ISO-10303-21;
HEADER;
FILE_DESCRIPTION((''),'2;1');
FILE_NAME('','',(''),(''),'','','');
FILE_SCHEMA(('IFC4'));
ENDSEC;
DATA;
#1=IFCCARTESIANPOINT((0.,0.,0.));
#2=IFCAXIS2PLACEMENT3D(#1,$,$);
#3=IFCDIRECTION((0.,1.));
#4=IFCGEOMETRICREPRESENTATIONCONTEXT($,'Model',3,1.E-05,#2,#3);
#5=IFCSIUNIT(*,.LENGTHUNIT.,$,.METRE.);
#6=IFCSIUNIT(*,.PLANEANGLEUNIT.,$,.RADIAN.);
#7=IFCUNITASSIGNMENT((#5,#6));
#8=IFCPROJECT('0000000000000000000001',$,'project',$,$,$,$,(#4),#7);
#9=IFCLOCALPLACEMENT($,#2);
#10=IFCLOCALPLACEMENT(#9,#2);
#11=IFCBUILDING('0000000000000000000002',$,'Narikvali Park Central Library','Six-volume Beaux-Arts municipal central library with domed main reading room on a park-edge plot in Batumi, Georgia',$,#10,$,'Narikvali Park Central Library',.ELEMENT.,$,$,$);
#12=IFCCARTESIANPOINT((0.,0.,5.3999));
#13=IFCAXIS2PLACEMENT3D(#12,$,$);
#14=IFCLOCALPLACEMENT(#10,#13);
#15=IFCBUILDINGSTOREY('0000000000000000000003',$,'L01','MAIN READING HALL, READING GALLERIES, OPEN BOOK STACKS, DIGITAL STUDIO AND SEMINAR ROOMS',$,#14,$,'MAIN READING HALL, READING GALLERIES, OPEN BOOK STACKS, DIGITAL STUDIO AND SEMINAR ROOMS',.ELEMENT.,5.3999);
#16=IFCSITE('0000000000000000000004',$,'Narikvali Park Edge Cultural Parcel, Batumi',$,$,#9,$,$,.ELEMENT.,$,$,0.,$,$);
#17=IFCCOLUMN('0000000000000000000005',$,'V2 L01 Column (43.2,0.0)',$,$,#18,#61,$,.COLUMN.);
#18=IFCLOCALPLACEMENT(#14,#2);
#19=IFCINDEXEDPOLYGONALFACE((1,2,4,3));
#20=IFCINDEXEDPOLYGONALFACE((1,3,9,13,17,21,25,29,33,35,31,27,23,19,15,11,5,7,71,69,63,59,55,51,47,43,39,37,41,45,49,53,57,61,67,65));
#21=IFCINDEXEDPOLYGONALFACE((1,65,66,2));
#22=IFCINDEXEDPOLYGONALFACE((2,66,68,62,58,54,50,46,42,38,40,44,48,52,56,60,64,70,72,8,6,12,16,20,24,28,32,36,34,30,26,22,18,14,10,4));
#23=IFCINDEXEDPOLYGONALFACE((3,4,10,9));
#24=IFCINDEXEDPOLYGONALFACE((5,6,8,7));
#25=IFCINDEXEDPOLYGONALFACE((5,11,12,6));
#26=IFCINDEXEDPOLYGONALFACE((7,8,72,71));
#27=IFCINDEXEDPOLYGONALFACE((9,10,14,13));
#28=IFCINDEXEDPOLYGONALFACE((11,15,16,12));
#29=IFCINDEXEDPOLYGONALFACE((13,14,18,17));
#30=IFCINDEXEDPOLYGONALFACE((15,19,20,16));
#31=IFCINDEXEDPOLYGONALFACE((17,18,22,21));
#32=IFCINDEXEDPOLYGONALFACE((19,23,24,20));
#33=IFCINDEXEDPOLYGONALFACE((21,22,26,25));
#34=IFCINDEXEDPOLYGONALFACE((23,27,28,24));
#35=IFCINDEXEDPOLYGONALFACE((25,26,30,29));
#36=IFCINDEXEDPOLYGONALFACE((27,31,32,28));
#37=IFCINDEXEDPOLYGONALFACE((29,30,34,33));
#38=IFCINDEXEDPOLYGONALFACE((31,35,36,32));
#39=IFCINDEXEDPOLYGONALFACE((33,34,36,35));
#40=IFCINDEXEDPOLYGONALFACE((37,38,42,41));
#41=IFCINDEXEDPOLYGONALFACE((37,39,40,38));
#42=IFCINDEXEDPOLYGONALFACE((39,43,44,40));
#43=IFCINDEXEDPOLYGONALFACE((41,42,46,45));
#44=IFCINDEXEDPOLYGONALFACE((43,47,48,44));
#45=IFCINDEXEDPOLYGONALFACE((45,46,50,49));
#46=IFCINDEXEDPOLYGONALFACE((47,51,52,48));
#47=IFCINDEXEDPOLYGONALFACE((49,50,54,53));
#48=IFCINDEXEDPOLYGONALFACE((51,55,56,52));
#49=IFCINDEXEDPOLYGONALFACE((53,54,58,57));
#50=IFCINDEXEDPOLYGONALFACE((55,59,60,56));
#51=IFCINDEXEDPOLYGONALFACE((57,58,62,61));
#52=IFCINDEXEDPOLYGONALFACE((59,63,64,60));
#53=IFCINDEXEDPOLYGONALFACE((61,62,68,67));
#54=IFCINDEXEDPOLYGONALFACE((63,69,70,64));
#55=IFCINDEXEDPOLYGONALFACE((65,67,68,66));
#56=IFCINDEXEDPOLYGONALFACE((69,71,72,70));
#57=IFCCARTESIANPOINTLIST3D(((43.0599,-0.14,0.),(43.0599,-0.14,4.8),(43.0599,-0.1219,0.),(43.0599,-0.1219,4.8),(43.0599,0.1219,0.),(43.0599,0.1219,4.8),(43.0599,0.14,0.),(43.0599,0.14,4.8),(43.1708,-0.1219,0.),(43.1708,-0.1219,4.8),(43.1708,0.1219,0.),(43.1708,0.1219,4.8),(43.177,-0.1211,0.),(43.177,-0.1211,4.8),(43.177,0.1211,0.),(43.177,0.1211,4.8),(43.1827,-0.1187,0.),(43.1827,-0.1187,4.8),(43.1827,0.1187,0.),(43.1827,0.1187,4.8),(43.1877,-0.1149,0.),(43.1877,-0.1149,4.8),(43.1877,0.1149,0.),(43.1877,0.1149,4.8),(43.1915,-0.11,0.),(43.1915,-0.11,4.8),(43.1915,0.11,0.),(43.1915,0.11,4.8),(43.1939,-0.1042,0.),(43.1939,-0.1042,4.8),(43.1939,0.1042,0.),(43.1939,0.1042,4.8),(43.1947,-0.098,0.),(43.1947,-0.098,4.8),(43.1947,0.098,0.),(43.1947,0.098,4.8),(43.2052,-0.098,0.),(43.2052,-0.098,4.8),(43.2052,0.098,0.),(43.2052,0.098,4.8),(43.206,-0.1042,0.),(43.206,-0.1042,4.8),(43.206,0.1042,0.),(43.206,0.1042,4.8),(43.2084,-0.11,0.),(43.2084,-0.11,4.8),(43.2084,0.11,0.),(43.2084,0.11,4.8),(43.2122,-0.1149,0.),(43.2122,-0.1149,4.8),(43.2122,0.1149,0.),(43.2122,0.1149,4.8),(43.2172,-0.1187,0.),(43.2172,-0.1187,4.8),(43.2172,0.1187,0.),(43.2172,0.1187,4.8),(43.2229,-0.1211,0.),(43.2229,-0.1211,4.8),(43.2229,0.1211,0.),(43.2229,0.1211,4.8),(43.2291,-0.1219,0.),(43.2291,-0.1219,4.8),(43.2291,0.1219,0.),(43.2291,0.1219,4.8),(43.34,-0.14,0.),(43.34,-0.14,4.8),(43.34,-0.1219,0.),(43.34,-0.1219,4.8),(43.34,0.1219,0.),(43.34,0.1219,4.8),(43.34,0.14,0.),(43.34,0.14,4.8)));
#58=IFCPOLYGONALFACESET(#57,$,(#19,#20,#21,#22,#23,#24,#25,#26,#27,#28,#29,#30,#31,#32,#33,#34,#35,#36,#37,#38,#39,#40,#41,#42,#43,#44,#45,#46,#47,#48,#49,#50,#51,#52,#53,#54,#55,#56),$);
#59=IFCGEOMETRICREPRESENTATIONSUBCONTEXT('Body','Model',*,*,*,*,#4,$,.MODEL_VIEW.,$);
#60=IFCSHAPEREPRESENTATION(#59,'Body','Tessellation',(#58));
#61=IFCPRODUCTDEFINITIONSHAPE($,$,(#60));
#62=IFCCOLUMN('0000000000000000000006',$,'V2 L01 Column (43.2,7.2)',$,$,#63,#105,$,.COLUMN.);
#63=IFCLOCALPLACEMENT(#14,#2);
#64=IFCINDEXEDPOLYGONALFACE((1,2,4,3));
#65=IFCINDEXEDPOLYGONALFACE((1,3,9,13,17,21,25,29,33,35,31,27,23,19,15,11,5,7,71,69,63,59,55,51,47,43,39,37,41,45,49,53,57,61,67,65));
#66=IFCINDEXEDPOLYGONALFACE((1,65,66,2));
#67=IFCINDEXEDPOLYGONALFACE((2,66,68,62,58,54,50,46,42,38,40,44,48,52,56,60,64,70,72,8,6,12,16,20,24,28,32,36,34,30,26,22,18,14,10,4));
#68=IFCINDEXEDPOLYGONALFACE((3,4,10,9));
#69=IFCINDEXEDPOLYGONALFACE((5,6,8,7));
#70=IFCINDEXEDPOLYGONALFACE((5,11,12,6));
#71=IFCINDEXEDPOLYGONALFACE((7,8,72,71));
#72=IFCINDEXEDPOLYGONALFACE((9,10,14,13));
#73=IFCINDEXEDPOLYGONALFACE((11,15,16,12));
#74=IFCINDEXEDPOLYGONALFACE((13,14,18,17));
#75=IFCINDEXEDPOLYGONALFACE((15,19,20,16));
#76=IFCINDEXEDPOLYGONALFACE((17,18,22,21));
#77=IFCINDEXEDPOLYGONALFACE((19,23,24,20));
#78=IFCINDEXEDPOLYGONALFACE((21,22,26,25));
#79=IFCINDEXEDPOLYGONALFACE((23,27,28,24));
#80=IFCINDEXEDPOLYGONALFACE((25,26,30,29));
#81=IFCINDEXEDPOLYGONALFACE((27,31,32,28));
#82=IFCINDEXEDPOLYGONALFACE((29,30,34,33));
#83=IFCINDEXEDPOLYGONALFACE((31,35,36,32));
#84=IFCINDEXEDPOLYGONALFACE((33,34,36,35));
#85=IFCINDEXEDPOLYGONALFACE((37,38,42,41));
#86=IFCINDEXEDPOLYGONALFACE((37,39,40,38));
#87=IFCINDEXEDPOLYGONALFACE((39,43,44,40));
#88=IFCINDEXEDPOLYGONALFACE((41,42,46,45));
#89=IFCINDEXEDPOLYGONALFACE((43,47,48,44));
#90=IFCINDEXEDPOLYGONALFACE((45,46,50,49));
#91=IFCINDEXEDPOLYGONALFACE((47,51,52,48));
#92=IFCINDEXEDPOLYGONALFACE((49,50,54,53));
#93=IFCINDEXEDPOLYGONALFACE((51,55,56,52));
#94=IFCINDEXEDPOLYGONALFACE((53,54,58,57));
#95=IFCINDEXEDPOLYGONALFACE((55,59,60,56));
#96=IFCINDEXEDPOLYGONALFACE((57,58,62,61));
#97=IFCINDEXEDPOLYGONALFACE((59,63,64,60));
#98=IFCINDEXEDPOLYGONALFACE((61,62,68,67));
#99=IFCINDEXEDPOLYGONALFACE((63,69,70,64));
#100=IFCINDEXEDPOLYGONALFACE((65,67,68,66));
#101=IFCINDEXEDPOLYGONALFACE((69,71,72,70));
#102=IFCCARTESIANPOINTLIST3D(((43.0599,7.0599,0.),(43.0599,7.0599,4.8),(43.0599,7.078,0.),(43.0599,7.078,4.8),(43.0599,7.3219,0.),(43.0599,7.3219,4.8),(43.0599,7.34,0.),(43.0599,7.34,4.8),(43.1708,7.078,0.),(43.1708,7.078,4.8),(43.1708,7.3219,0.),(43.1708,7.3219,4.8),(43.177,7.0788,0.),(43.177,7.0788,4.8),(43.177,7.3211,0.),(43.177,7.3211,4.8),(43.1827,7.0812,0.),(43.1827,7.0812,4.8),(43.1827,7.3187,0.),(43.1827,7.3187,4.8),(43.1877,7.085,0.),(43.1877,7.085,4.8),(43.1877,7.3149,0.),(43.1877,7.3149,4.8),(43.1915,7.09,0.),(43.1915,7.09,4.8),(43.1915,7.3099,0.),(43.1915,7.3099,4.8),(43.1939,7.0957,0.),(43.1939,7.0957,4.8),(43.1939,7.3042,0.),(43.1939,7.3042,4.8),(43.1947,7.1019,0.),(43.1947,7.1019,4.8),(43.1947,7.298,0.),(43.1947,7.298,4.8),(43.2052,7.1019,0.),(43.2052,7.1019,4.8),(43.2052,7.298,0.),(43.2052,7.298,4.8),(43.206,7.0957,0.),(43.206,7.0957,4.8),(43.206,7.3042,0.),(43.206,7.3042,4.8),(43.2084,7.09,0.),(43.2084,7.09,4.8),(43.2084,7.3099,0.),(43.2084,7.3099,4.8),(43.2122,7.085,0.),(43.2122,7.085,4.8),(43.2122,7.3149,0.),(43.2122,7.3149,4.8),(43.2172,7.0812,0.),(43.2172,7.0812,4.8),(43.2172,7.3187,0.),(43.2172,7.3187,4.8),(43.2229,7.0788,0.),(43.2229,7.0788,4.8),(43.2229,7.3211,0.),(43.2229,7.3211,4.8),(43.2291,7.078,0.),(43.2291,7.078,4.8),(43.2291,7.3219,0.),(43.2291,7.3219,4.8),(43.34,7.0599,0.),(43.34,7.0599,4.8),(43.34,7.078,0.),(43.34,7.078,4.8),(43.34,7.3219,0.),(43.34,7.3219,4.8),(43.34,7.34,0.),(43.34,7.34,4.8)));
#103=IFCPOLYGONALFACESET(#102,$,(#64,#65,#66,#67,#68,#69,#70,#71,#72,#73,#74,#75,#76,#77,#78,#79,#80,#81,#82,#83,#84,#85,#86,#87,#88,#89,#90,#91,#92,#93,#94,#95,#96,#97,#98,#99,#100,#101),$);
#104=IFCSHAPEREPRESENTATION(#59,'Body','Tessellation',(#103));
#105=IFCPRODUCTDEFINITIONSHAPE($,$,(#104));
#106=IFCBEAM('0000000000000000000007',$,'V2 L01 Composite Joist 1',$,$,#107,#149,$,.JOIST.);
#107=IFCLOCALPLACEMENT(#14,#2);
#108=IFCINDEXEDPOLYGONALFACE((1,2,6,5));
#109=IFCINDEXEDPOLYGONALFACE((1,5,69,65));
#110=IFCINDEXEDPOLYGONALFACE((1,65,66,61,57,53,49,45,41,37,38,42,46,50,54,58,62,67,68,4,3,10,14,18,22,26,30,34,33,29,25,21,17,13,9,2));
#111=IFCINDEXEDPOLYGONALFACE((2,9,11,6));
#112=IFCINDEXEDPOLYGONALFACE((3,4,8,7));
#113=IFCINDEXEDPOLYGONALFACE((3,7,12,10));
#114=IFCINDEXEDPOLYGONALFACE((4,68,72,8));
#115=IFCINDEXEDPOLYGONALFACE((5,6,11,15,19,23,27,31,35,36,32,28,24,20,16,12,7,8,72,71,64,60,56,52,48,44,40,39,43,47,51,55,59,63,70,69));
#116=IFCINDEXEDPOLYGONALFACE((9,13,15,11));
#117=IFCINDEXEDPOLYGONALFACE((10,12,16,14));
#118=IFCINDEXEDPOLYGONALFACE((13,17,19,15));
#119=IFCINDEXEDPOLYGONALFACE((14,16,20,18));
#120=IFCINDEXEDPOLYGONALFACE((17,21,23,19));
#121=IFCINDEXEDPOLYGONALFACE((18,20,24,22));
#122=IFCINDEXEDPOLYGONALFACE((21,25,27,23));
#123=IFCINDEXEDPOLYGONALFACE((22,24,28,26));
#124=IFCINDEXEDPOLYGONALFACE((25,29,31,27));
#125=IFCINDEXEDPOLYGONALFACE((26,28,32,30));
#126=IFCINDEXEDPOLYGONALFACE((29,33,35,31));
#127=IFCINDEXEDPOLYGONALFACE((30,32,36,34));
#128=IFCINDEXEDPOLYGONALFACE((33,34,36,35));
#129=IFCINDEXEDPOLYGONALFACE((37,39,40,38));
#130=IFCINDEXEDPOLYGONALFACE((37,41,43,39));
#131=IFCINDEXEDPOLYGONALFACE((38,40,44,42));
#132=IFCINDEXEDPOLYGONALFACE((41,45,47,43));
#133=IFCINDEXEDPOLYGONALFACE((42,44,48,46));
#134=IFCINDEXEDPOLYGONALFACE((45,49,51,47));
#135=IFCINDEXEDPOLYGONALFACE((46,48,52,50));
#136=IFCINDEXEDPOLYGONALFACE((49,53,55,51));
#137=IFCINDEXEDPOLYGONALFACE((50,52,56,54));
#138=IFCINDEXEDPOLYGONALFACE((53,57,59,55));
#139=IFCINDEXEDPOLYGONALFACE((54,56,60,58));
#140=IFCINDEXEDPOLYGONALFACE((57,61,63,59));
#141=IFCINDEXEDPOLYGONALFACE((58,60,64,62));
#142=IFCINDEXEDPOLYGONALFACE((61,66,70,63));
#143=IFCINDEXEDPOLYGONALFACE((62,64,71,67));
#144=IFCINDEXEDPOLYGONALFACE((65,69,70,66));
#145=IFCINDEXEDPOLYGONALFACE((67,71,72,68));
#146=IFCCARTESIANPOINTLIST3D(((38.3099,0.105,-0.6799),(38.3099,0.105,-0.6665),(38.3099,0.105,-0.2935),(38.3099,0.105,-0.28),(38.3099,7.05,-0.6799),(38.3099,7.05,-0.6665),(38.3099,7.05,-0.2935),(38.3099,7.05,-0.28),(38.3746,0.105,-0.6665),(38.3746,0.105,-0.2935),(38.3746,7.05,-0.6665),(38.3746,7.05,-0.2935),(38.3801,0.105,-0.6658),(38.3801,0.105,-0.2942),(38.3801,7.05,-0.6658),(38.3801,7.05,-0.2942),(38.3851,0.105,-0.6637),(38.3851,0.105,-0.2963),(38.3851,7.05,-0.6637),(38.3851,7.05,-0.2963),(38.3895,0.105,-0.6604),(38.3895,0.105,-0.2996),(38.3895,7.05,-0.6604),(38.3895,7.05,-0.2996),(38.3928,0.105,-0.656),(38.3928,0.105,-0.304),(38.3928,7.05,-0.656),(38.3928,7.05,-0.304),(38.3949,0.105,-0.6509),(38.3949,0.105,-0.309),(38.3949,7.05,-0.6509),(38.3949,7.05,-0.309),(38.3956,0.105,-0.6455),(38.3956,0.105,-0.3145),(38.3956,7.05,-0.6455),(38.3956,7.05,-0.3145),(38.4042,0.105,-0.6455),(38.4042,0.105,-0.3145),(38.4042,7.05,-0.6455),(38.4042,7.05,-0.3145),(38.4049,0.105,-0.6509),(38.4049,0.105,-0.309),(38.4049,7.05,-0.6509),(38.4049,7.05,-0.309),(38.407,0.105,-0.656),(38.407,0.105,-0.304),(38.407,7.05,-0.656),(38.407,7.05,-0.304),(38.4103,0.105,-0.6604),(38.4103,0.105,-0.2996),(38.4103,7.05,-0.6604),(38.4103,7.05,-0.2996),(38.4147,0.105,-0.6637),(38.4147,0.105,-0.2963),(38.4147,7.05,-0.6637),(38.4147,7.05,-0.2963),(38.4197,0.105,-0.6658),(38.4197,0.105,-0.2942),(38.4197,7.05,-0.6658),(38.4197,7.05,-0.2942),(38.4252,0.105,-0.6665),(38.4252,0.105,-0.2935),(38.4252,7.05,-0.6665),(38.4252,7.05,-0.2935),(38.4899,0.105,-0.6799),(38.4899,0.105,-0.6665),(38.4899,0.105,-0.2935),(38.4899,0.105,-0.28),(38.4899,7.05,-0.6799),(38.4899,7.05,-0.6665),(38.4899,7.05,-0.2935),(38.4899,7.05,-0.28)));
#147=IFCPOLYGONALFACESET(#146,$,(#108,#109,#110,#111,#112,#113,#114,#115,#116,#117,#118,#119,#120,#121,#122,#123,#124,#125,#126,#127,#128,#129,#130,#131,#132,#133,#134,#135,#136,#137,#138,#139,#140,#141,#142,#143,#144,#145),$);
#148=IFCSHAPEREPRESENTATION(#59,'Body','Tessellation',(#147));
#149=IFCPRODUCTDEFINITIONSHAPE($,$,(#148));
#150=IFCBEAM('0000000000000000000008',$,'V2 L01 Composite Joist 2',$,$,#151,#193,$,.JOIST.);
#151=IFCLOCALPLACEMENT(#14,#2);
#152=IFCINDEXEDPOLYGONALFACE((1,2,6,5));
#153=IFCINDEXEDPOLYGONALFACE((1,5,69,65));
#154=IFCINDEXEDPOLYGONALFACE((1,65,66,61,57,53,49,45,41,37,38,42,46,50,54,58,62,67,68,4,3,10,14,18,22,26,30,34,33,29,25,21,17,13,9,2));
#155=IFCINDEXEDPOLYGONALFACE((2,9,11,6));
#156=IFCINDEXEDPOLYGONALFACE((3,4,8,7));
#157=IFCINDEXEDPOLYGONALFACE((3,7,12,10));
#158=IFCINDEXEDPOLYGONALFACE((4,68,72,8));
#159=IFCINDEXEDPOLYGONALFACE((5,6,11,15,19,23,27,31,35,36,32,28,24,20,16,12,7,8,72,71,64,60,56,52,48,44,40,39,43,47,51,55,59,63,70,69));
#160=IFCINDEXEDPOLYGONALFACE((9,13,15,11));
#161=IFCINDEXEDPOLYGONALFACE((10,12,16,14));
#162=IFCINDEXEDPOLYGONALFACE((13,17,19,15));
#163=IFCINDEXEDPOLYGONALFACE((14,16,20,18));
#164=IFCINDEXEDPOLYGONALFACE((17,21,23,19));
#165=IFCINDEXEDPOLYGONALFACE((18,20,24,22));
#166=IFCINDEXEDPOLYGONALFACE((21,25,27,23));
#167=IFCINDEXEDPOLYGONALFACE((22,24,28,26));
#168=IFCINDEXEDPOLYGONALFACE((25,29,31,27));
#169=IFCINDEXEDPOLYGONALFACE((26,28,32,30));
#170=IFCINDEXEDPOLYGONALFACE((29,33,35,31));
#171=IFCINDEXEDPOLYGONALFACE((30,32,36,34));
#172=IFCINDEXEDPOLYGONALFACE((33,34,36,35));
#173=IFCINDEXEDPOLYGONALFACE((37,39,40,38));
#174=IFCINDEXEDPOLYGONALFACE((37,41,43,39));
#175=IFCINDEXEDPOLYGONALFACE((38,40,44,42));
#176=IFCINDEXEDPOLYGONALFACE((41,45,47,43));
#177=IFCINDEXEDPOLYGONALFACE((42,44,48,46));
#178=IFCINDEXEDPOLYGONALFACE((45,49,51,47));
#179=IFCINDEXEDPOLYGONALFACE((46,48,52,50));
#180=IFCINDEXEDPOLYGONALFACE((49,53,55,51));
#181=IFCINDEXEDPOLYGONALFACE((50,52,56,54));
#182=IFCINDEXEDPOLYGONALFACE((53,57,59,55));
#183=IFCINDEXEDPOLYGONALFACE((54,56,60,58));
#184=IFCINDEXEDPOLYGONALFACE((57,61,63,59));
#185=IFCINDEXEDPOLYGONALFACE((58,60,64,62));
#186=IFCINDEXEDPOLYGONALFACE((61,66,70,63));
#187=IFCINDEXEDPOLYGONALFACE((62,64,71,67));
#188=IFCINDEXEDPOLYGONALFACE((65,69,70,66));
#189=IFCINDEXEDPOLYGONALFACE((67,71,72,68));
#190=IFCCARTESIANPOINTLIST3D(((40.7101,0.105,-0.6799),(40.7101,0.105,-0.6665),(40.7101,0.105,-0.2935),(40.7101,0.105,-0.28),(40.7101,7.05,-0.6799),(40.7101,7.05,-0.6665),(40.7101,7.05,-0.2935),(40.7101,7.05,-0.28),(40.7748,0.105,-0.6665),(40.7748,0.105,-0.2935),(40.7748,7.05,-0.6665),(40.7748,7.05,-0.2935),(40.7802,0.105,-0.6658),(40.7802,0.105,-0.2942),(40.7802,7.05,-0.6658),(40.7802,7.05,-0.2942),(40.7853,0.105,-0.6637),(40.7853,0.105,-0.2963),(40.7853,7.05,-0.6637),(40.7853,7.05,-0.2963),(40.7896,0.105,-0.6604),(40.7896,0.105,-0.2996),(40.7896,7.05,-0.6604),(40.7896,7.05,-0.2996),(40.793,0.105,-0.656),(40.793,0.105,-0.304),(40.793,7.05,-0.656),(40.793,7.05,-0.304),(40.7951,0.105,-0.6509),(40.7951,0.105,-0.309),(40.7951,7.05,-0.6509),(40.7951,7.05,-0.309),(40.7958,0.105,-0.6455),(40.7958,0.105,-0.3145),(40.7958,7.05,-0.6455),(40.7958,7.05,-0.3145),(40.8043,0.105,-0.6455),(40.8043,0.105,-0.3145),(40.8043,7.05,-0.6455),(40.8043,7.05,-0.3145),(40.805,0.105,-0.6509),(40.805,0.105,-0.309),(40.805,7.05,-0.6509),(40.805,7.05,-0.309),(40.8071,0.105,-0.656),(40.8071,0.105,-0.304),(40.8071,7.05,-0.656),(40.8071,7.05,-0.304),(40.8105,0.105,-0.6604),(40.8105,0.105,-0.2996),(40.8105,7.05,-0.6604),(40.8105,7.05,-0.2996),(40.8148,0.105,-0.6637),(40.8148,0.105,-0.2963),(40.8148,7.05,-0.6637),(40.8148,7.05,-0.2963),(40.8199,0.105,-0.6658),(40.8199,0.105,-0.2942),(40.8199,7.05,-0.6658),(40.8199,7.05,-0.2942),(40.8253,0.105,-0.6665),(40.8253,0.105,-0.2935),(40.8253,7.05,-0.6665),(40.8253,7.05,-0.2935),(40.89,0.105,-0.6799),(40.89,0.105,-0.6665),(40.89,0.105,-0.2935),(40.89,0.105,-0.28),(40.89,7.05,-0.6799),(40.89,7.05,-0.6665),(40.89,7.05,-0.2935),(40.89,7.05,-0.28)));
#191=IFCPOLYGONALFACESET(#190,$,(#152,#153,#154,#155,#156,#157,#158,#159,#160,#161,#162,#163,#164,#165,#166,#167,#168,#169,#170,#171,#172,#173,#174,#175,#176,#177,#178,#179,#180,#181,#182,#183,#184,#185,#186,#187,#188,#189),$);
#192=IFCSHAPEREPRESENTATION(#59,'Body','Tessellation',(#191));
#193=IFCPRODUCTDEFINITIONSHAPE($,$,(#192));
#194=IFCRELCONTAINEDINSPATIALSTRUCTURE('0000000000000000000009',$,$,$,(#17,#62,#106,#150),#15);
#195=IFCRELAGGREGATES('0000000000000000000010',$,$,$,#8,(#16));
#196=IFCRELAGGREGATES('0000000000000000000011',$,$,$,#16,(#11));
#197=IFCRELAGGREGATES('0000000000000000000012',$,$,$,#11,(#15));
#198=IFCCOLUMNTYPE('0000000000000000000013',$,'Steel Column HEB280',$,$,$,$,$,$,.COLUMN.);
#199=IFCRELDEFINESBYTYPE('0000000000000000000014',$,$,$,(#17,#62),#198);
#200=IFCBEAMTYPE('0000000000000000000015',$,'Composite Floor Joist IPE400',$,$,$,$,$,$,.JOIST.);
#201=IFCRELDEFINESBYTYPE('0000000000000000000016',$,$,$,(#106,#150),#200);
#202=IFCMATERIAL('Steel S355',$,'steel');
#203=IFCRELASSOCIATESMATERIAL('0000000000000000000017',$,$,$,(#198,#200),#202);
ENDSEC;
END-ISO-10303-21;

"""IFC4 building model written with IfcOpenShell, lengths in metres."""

from ifc_helpers import new_model, si_unit, direction, frame, origin, origin_2d, place, context, subcontext, project, spatial, i_section, extrude, material, material_profile, profile_set, type_object, element, save


model = new_model("IFC4")

# Units and contexts
model_context = context("Model", 3, precision=1e-05, world=origin(), true_north=direction((0.0, 1.0)))
body_context = subcontext(model_context, "Body", "Model", "MODEL_VIEW")
ifc_project = project(units=[si_unit("LENGTHUNIT", "METRE"), si_unit("PLANEANGLEUNIT", "RADIAN")], contexts=[model_context])

# Site, building, storey
site_placement = place(None, origin())
site = spatial("IfcSite", under=ifc_project, at=site_placement, Name="Narikvali Park Edge Cultural Parcel, Batumi", CompositionType="ELEMENT", RefElevation=0.0)
building_placement = place(site_placement, origin())
building = spatial("IfcBuilding", under=site, at=building_placement, Name="Narikvali Park Central Library", Description="Six-volume Beaux-Arts municipal central library with domed main reading room on a park-edge plot in Batumi, Georgia", LongName="Narikvali Park Central Library", CompositionType="ELEMENT")
storey_placement = place(building_placement, frame((0.0, 0.0, 5.3999)))
storey = spatial("IfcBuildingStorey", under=building, at=storey_placement, Name="L01", Description="MAIN READING HALL, READING GALLERIES, OPEN BOOK STACKS, DIGITAL STUDIO AND SEMINAR ROOMS", LongName="MAIN READING HALL, READING GALLERIES, OPEN BOOK STACKS, DIGITAL STUDIO AND SEMINAR ROOMS", CompositionType="ELEMENT", Elevation=5.3999)

# Columns
ifc_material_1 = material(Name="Steel S355", Category="steel")
ifc_material_profile_1 = material_profile(ifc_material_1, i_section(OverallWidth=0.28, OverallDepth=0.28, WebThickness=0.0105, FlangeThickness=0.0181, FilletRadius=0.0239, at=origin_2d()), Name="HEB 280")
ifc_profile_set_1 = profile_set([ifc_material_profile_1], Name="Steel S355")
column_type = type_object("IfcColumnType", Name="Steel Column HEB280", PredefinedType="COLUMN", material=ifc_profile_set_1)
for number, where, z_axis, x_axis, name in (
    (1, (43.2, 0.0, 0.0), (0.0, 0.0, 1.0), (1.0, 0.0, 0.0), "V2 L01 Column (43.2,0.0)"),
    (2, (43.2, 7.2, 0.0), (0.0, 0.0, 1.0), (1.0, 0.0, 0.0), "V2 L01 Column (43.2,7.2)"),
):
    element("IfcColumn", number, at=place(storey_placement, frame(where, z_axis=z_axis, x_axis=x_axis)), inside=storey, type_object=column_type, Name=name, PredefinedType="COLUMN", context=body_context, shape_type="SweptSolid", body=[
        extrude(i_section(OverallWidth=0.28, OverallDepth=0.28, WebThickness=0.0105, FlangeThickness=0.0181, FilletRadius=0.0239, at=origin_2d()), origin(), (0.0, 0.0, 1.0), 4.8),
    ])

# Beams
ifc_material_profile_2 = material_profile(ifc_material_1, i_section(OverallWidth=0.1799, OverallDepth=0.3999, WebThickness=0.0085, FlangeThickness=0.0134, FilletRadius=0.021, at=origin_2d()), Name="IPE 400")
ifc_profile_set_2 = profile_set([ifc_material_profile_2], Name="Steel S355")
beam_type_1 = type_object("IfcBeamType", Name="Composite Floor Joist IPE400", PredefinedType="JOIST", material=ifc_profile_set_2)
for number, where, z_axis, x_axis, name in (
    (3, (38.3999, 0.105, -0.48), (0.0, 1.0, 0.0), (-1.0, 0.0, 0.0), "V2 L01 Composite Joist 1"),
    (4, (40.8, 0.105, -0.48), (0.0, 1.0, 0.0), (-1.0, 0.0, 0.0), "V2 L01 Composite Joist 2"),
):
    element("IfcBeam", number, at=place(storey_placement, frame(where, z_axis=z_axis, x_axis=x_axis)), inside=storey, type_object=beam_type_1, Name=name, PredefinedType="JOIST", context=body_context, shape_type="SweptSolid", body=[
        extrude(i_section(OverallWidth=0.1799, OverallDepth=0.3999, WebThickness=0.0085, FlangeThickness=0.0134, FilletRadius=0.021, at=origin_2d()), origin(), (0.0, 0.0, 1.0), 6.9451),
    ])

save(model, "model.ifc")
